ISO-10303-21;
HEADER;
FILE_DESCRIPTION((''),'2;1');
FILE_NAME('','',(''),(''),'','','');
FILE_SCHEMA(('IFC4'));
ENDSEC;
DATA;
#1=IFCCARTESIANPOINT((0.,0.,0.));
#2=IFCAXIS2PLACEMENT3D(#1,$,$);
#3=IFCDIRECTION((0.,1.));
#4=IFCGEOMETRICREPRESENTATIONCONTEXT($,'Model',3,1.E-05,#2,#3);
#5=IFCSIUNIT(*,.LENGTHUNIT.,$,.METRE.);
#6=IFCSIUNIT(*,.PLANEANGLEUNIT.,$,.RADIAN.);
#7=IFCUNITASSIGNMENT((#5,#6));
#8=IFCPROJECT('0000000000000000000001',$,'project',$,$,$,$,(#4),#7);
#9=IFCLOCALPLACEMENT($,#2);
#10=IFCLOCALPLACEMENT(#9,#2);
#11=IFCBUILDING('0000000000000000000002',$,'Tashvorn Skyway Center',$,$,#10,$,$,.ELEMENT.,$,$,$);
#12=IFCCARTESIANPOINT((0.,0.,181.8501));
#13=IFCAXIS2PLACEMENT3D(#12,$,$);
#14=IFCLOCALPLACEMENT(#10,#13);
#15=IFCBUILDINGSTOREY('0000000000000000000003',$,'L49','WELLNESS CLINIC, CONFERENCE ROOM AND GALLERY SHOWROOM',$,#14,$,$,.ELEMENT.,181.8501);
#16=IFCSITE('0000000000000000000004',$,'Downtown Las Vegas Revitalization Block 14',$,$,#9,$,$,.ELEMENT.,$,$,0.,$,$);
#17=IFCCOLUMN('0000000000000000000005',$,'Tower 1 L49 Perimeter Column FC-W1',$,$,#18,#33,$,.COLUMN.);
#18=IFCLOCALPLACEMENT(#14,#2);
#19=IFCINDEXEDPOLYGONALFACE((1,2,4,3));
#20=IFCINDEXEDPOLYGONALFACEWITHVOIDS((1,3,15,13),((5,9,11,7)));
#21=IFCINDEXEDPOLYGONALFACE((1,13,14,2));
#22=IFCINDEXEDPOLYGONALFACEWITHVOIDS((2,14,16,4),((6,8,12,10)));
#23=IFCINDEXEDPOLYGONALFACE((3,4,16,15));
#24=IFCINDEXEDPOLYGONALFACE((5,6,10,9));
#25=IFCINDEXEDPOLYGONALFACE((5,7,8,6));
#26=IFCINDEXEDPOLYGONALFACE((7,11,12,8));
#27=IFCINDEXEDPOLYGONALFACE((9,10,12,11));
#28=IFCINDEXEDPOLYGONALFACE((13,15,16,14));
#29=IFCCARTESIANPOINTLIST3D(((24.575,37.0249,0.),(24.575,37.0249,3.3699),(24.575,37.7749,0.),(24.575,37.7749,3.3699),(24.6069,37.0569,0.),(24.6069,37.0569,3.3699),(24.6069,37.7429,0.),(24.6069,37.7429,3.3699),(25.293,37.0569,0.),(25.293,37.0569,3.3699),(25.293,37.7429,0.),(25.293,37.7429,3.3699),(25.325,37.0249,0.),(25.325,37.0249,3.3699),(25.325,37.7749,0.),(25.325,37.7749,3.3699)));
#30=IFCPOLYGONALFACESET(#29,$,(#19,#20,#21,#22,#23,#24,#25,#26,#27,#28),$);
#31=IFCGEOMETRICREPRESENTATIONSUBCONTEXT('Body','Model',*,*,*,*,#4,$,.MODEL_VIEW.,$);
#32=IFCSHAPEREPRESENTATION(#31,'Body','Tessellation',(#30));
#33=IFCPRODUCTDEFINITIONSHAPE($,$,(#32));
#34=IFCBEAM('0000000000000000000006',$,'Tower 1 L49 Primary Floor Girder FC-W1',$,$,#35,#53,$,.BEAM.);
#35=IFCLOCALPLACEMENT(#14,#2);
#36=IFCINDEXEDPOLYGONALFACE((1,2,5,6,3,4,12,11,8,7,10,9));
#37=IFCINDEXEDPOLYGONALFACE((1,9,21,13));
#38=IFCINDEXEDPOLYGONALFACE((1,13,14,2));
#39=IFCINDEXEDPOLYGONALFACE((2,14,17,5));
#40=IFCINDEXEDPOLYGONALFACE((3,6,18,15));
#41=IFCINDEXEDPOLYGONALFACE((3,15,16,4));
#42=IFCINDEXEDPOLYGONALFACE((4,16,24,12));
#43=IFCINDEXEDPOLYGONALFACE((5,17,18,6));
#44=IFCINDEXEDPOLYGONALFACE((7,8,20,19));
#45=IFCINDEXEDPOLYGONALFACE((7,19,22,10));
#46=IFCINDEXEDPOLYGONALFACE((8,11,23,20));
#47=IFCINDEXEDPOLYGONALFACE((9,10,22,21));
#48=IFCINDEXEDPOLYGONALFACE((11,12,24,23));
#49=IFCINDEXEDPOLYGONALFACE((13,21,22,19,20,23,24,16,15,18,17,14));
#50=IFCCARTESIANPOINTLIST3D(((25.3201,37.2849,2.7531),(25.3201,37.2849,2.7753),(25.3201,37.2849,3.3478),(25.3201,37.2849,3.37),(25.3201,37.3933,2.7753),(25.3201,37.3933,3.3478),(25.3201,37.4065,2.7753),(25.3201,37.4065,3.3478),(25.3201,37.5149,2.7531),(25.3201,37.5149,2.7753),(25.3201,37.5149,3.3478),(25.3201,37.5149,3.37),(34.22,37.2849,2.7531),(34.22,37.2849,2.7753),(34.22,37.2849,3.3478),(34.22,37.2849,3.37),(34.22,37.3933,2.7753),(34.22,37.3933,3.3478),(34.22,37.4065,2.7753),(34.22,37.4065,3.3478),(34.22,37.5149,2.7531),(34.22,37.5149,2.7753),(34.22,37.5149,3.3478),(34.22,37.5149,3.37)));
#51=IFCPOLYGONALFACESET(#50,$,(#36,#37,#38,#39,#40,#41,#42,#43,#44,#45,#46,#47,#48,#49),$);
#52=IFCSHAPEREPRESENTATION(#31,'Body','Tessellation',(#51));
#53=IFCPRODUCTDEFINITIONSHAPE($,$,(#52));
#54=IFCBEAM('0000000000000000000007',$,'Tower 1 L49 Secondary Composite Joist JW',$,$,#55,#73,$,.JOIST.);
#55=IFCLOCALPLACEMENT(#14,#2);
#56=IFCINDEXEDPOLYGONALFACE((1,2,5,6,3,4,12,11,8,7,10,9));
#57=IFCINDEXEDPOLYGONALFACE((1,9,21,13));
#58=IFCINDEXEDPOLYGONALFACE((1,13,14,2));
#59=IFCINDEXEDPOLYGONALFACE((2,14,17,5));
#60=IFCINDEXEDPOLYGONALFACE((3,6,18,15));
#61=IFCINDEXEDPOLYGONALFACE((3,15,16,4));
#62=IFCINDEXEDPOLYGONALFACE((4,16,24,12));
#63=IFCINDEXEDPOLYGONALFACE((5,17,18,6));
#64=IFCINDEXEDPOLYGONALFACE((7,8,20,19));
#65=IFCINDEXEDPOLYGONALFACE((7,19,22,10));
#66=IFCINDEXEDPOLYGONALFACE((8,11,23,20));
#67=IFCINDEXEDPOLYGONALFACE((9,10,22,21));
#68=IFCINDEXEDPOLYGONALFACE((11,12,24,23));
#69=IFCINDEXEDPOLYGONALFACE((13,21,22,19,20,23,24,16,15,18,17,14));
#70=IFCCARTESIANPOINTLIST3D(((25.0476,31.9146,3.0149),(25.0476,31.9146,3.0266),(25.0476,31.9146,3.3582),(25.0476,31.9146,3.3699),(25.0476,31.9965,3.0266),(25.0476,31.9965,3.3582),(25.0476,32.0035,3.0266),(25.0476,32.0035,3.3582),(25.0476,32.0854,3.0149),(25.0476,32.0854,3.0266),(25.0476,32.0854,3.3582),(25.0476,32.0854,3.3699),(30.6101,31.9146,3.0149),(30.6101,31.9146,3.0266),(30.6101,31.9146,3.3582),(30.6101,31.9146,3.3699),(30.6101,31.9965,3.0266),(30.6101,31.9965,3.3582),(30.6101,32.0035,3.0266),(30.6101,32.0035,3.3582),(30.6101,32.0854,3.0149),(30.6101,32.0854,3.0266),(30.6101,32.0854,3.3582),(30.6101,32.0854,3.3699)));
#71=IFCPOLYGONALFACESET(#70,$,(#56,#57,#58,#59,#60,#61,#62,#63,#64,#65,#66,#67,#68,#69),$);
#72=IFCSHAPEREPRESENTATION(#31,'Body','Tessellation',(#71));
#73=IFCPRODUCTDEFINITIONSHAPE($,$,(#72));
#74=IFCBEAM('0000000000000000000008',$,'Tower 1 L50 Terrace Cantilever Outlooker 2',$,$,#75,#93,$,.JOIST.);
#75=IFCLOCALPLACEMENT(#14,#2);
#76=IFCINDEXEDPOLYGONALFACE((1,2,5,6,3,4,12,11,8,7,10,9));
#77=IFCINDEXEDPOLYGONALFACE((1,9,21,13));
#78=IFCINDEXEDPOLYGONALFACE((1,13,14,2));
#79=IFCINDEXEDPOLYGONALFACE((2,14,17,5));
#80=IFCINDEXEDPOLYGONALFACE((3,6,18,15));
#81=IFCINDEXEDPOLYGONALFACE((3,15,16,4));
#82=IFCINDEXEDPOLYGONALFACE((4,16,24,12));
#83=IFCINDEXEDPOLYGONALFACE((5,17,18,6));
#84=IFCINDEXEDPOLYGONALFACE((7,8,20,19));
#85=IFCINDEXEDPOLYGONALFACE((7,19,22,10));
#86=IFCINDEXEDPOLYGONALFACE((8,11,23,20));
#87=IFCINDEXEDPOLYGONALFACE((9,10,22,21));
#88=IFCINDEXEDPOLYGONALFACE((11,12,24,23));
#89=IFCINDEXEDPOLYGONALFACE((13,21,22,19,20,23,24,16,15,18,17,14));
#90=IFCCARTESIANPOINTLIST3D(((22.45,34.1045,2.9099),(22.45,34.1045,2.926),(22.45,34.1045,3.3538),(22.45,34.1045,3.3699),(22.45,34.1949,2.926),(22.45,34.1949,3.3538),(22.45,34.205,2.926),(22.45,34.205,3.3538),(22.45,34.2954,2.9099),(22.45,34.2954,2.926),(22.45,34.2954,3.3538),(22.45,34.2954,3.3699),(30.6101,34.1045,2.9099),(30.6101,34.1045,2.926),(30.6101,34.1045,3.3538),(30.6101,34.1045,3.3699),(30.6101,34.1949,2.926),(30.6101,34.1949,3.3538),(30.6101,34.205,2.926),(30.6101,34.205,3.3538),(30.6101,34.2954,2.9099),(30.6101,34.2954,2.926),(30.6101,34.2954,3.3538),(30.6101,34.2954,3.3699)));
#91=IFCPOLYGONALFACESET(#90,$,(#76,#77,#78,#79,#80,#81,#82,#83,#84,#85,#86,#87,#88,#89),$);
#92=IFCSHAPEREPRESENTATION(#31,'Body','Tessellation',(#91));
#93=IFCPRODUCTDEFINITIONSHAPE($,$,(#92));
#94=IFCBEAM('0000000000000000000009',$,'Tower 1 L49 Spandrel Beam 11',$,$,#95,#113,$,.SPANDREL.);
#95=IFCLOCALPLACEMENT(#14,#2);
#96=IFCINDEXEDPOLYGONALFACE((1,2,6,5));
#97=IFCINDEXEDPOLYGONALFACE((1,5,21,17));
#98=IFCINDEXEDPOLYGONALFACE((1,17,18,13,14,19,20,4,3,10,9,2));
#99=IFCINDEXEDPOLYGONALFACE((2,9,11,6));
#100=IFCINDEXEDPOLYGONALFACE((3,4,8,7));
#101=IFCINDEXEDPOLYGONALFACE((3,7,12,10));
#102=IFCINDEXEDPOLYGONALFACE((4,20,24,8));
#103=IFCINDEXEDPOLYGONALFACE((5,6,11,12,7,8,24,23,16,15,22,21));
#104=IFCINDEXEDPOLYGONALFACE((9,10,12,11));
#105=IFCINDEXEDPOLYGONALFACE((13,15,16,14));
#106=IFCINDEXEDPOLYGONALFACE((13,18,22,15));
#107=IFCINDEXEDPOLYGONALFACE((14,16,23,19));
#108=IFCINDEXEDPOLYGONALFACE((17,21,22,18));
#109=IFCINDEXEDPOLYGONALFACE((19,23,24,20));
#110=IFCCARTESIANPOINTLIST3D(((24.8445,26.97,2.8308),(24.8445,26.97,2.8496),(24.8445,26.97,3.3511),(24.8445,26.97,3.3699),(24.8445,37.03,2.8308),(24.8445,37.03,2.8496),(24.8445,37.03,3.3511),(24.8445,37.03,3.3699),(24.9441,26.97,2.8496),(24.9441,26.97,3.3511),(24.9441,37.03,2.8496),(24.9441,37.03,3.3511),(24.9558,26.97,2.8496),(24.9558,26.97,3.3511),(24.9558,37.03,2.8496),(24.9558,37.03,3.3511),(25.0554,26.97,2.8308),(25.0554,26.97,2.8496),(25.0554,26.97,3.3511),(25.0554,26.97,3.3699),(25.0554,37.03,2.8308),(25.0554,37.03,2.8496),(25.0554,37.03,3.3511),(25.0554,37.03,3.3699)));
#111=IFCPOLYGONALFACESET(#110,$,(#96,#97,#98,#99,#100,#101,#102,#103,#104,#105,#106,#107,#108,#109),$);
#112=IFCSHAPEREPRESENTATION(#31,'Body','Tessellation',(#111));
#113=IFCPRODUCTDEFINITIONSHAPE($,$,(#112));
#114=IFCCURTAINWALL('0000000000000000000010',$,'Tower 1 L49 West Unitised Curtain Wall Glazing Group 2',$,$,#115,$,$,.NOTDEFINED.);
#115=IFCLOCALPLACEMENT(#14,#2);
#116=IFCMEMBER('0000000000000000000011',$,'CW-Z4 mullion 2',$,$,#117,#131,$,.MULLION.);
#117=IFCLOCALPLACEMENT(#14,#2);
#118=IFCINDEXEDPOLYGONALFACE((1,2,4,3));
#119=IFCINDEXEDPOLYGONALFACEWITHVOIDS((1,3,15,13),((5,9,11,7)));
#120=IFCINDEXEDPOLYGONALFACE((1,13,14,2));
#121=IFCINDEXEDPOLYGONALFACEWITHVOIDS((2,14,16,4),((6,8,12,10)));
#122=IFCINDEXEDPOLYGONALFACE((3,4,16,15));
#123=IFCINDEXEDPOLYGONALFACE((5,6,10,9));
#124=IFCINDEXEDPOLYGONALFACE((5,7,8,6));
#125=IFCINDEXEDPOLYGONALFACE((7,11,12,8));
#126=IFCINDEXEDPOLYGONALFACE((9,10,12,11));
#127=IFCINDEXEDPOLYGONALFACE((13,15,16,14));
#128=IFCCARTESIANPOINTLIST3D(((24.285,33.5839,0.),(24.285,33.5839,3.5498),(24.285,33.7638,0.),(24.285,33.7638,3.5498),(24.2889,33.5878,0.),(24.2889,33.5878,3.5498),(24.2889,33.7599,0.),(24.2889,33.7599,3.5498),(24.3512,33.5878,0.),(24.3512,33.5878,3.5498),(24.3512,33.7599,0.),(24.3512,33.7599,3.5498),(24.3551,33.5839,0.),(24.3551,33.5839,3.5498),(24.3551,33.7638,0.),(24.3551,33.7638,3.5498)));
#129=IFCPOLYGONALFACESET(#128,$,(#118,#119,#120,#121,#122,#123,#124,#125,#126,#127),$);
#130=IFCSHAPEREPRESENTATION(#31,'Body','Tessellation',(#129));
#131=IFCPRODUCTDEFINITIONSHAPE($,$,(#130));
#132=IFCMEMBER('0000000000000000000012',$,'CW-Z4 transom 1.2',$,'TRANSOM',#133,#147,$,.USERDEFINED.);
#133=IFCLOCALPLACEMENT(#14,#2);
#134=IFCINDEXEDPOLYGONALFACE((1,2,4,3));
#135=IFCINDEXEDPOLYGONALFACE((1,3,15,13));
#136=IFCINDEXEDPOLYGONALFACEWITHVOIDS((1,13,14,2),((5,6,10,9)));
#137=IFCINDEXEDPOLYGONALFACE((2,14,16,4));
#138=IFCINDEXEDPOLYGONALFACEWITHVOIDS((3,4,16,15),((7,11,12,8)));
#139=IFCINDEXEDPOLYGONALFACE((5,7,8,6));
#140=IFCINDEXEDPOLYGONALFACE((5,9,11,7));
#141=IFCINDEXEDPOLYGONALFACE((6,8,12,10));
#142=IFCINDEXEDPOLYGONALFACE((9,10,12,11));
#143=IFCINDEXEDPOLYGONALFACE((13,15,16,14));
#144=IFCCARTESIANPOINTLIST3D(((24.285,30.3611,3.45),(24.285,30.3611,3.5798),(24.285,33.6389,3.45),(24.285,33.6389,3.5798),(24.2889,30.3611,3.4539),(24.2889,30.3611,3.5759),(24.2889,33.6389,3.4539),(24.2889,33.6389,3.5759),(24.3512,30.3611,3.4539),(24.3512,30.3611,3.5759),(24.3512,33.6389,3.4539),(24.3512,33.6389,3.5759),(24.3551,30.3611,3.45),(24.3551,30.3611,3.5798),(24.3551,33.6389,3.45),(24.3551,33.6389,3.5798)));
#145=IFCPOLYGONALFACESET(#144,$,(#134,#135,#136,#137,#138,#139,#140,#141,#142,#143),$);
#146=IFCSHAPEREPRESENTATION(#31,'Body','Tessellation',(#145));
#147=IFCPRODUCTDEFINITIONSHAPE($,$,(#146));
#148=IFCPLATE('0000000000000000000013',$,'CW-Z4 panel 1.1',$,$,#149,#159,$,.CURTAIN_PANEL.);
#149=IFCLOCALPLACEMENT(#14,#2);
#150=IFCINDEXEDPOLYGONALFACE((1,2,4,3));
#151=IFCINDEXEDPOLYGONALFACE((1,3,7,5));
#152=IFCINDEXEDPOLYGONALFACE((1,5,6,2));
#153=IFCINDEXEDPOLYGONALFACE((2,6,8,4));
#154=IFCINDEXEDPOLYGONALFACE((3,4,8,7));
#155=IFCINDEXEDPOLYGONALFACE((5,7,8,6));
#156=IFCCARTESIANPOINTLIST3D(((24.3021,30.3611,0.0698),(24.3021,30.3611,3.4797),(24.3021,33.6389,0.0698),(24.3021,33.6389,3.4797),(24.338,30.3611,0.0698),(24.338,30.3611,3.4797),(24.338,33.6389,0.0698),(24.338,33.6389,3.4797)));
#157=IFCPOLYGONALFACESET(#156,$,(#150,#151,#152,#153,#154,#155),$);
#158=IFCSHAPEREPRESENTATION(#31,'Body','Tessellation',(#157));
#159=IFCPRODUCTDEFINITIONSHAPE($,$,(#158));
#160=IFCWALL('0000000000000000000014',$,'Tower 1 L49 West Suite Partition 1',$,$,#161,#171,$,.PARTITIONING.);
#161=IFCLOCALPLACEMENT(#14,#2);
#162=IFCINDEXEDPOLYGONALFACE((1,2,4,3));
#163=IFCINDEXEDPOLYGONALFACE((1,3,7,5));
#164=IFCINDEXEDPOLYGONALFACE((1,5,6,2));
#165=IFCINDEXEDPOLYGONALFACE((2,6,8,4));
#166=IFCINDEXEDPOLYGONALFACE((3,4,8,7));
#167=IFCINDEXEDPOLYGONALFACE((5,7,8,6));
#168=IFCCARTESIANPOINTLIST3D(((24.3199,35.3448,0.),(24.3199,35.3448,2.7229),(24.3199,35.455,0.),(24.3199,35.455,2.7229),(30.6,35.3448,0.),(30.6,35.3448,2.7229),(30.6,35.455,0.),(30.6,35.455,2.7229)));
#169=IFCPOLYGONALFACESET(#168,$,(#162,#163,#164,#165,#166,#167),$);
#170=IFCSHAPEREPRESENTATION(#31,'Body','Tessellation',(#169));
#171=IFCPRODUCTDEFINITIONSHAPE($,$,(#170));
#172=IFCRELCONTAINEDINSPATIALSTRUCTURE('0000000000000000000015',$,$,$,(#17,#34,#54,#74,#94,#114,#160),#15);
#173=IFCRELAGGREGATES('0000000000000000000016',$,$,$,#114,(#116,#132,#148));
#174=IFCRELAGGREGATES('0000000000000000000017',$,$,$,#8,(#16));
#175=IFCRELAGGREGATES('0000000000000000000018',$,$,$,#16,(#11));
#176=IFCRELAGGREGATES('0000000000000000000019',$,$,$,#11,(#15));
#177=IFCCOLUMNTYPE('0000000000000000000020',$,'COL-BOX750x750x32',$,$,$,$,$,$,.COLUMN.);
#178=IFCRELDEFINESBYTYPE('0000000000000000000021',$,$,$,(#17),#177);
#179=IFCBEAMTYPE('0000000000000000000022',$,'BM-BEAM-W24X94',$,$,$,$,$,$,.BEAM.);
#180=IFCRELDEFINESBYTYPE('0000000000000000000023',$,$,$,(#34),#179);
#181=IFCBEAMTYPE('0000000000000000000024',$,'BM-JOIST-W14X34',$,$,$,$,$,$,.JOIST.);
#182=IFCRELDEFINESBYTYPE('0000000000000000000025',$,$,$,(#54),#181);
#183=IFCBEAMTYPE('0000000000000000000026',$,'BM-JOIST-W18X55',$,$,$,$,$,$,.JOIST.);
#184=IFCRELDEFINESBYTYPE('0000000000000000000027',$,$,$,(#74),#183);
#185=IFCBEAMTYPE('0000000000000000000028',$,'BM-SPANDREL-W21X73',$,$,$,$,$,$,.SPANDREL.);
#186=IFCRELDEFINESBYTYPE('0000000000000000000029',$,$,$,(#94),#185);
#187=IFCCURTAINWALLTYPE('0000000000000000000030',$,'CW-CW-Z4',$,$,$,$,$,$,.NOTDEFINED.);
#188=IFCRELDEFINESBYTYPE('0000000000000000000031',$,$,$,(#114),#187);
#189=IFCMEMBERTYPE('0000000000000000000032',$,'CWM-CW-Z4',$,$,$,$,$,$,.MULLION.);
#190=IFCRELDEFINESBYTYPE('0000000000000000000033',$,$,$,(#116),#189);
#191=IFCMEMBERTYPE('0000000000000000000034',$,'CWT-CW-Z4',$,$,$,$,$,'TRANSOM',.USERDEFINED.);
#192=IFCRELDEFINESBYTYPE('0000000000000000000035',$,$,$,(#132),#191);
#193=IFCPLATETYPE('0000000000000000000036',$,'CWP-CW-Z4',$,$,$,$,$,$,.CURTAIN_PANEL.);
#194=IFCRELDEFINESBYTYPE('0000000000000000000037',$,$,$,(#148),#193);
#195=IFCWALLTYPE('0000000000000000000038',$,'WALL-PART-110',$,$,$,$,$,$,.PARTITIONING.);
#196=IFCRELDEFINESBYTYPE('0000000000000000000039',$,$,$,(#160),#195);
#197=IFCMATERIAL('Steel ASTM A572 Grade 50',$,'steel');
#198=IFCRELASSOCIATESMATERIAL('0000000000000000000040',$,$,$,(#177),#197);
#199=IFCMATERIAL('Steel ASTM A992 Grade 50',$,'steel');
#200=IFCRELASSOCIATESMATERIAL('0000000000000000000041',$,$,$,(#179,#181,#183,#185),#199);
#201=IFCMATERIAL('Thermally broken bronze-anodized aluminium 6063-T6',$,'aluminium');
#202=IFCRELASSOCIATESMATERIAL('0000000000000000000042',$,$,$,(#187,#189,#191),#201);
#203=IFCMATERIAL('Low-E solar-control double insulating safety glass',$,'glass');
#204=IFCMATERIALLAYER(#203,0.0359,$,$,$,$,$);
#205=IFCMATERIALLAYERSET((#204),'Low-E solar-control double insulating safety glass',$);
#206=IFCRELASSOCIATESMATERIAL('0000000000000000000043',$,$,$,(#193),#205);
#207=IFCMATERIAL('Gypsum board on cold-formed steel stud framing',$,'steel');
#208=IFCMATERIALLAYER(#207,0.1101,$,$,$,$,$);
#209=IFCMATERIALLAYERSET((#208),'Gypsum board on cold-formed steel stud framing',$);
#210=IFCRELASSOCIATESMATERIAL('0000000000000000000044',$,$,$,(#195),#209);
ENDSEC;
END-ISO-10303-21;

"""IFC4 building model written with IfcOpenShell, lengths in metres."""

from ifc_helpers import new_model, si_unit, direction, frame, frame_2d, origin, origin_2d, place, context, subcontext, project, spatial, rectangle, hollow_rectangle, i_section, extrude, material, layer, layer_set, material_profile, profile_set, type_object, element, aggregate, save


model = new_model("IFC4")

# Units and contexts
model_context = context("Model", 3, precision=1e-05, world=origin(), true_north=direction((0.0, 1.0)))
body_context = subcontext(model_context, "Body", "Model", "MODEL_VIEW")
ifc_project = project(units=[si_unit("LENGTHUNIT", "METRE"), si_unit("PLANEANGLEUNIT", "RADIAN")], contexts=[model_context])

# Site, building, storey
site_placement = place(None, origin())
site = spatial("IfcSite", under=ifc_project, at=site_placement, Name="Downtown Las Vegas Revitalization Block 14", CompositionType="ELEMENT", RefElevation=0.0)
building_placement = place(site_placement, origin())
building = spatial("IfcBuilding", under=site, at=building_placement, Name="Tashvorn Skyway Center", CompositionType="ELEMENT")
storey_placement = place(building_placement, frame((0.0, 0.0, 181.8501)))
storey = spatial("IfcBuildingStorey", under=building, at=storey_placement, Name="L49", Description="WELLNESS CLINIC, CONFERENCE ROOM AND GALLERY SHOWROOM", CompositionType="ELEMENT", Elevation=181.8501)

# Column
ifc_material_1 = material(Name="Steel ASTM A572 Grade 50", Category="steel")
ifc_material_profile_1 = material_profile(ifc_material_1, hollow_rectangle(XDim=0.75, YDim=0.75, WallThickness=0.032, at=origin_2d()), Name="BOX750x750x32")
ifc_profile_set_1 = profile_set([ifc_material_profile_1], Name="Steel ASTM A572 Grade 50")
column_type = type_object("IfcColumnType", Name="COL-BOX750x750x32", PredefinedType="COLUMN", material=ifc_profile_set_1)
column_placement = place(storey_placement, frame((24.95, 37.3999, 0.0), z_axis=(0.0, 0.0, 1.0), x_axis=(1.0, 0.0, 0.0)))
element("IfcColumn", 1, at=column_placement, inside=storey, type_object=column_type, Name="Tower 1 L49 Perimeter Column FC-W1", PredefinedType="COLUMN", context=body_context, shape_type="SweptSolid", body=[
    extrude(hollow_rectangle(XDim=0.75, YDim=0.75, WallThickness=0.032, at=origin_2d()), origin(), (0.0, 0.0, 1.0), 3.3699),
])

# Beams
ifc_material_2 = material(Name="Steel ASTM A992 Grade 50", Category="steel")
ifc_material_profile_2 = material_profile(ifc_material_2, i_section(OverallWidth=0.23, OverallDepth=0.6169, WebThickness=0.0132, FlangeThickness=0.0222, at=origin_2d()), Name="W24X94")
ifc_profile_set_2 = profile_set([ifc_material_profile_2], Name="Steel ASTM A992 Grade 50")
beam_type_1 = type_object("IfcBeamType", Name="BM-BEAM-W24X94", PredefinedType="BEAM", material=ifc_profile_set_2)
beam_1_placement = place(storey_placement, frame((25.3201, 37.3999, 3.0615), z_axis=(1.0, 0.0, 0.0), x_axis=(0.0, 1.0, 0.0)))
element("IfcBeam", 2, at=beam_1_placement, inside=storey, type_object=beam_type_1, Name="Tower 1 L49 Primary Floor Girder FC-W1", PredefinedType="BEAM", context=body_context, shape_type="SweptSolid", body=[
    extrude(i_section(OverallWidth=0.23, OverallDepth=0.6169, WebThickness=0.0132, FlangeThickness=0.0222, at=origin_2d()), origin(), (0.0, 0.0, 1.0), 8.8999),
])
ifc_material_profile_3 = material_profile(ifc_material_2, i_section(OverallWidth=0.1709, OverallDepth=0.355, WebThickness=0.0071, FlangeThickness=0.0117, at=origin_2d()), Name="W14X34")
ifc_profile_set_3 = profile_set([ifc_material_profile_3], Name="Steel ASTM A992 Grade 50")
beam_type_2 = type_object("IfcBeamType", Name="BM-JOIST-W14X34", PredefinedType="JOIST", material=ifc_profile_set_3)
beam_2_placement = place(storey_placement, frame((30.6101, 32.0, 3.1924), z_axis=(-1.0, 0.0, 0.0), x_axis=(0.0, -1.0, 0.0)))
element("IfcBeam", 3, at=beam_2_placement, inside=storey, type_object=beam_type_2, Name="Tower 1 L49 Secondary Composite Joist JW", PredefinedType="JOIST", context=body_context, shape_type="SweptSolid", body=[
    extrude(i_section(OverallWidth=0.1709, OverallDepth=0.355, WebThickness=0.0071, FlangeThickness=0.0117, at=origin_2d()), origin(), (0.0, 0.0, 1.0), 5.5625),
])
ifc_material_profile_4 = material_profile(ifc_material_2, i_section(OverallWidth=0.1909, OverallDepth=0.46, WebThickness=0.01, FlangeThickness=0.0161, at=origin_2d()), Name="W18X55")
ifc_profile_set_4 = profile_set([ifc_material_profile_4], Name="Steel ASTM A992 Grade 50")
beam_type_3 = type_object("IfcBeamType", Name="BM-JOIST-W18X55", PredefinedType="JOIST", material=ifc_profile_set_4)
beam_3_placement = place(storey_placement, frame((30.6101, 34.2, 3.1399), z_axis=(-1.0, 0.0, 0.0), x_axis=(0.0, -1.0, 0.0)))
element("IfcBeam", 4, at=beam_3_placement, inside=storey, type_object=beam_type_3, Name="Tower 1 L50 Terrace Cantilever Outlooker 2", PredefinedType="JOIST", context=body_context, shape_type="SweptSolid", body=[
    extrude(i_section(OverallWidth=0.1909, OverallDepth=0.46, WebThickness=0.01, FlangeThickness=0.0161, at=origin_2d()), origin(), (0.0, 0.0, 1.0), 8.1602),
])
ifc_material_profile_5 = material_profile(ifc_material_2, i_section(OverallWidth=0.2109, OverallDepth=0.5391, WebThickness=0.0117, FlangeThickness=0.0188, at=origin_2d()), Name="W21X73")
ifc_profile_set_5 = profile_set([ifc_material_profile_5], Name="Steel ASTM A992 Grade 50")
beam_type_4 = type_object("IfcBeamType", Name="BM-SPANDREL-W21X73", PredefinedType="SPANDREL", material=ifc_profile_set_5)
beam_4_placement = place(storey_placement, frame((24.95, 37.03, 3.1003), z_axis=(0.0, -1.0, 0.0), x_axis=(1.0, 0.0, 0.0)))
element("IfcBeam", 5, at=beam_4_placement, inside=storey, type_object=beam_type_4, Name="Tower 1 L49 Spandrel Beam 11", PredefinedType="SPANDREL", context=body_context, shape_type="SweptSolid", body=[
    extrude(i_section(OverallWidth=0.2109, OverallDepth=0.5391, WebThickness=0.0117, FlangeThickness=0.0188, at=origin_2d()), origin(), (0.0, 0.0, 1.0), 10.0601),
])

# Curtain wall, members, plate
ifc_material_3 = material(Name="Thermally broken bronze-anodized aluminium 6063-T6", Category="aluminium")
curtain_wall_type = type_object("IfcCurtainWallType", Name="CW-CW-Z4", PredefinedType="NOTDEFINED", material=ifc_material_3)
curtain_wall_placement = place(storey_placement, origin())
curtain_wall = element("IfcCurtainWall", 6, at=curtain_wall_placement, inside=storey, type_object=curtain_wall_type, Name="Tower 1 L49 West Unitised Curtain Wall Glazing Group 2", PredefinedType="NOTDEFINED")
ifc_material_profile_6 = material_profile(ifc_material_3, hollow_rectangle(XDim=0.0701, YDim=0.1799, WallThickness=0.0039, at=origin_2d()), Name="ALU-MULL-70x180")
ifc_profile_set_6 = profile_set([ifc_material_profile_6], Name="Thermally broken bronze-anodized aluminium 6063-T6")
member_type_1 = type_object("IfcMemberType", Name="CWM-CW-Z4", PredefinedType="MULLION", material=ifc_profile_set_6)
member_1_placement = place(storey_placement, frame((24.3201, 33.6738, 0.0), z_axis=(0.0, 0.0, 1.0), x_axis=(-1.0, 0.0, 0.0)))
member_1 = element("IfcMember", 7, at=member_1_placement, type_object=member_type_1, Name="CW-Z4 mullion 2", PredefinedType="MULLION", context=body_context, shape_type="SweptSolid", body=[
    extrude(hollow_rectangle(XDim=0.0701, YDim=0.1799, WallThickness=0.0039, at=origin_2d()), origin(), (0.0, 0.0, 1.0), 3.5498),
])
ifc_material_profile_7 = material_profile(ifc_material_3, hollow_rectangle(XDim=0.0701, YDim=0.1299, WallThickness=0.0039, at=origin_2d()), Name="ALU-TRAN-70x130")
ifc_profile_set_7 = profile_set([ifc_material_profile_7], Name="Thermally broken bronze-anodized aluminium 6063-T6")
member_type_2 = type_object("IfcMemberType", Name="CWT-CW-Z4", ElementType="TRANSOM", PredefinedType="USERDEFINED", material=ifc_profile_set_7)
member_2_placement = place(storey_placement, frame((24.3201, 30.3611, 3.5149), z_axis=(0.0, 1.0, 0.0), x_axis=(-1.0, 0.0, 0.0)))
member_2 = element("IfcMember", 8, at=member_2_placement, type_object=member_type_2, Name="CW-Z4 transom 1.2", ObjectType="TRANSOM", PredefinedType="USERDEFINED", context=body_context, shape_type="SweptSolid", body=[
    extrude(hollow_rectangle(XDim=0.0701, YDim=0.1299, WallThickness=0.0039, at=origin_2d()), origin(), (0.0, 0.0, 1.0), 3.2778),
])
ifc_material_4 = material(Name="Low-E solar-control double insulating safety glass", Category="glass")
ifc_layer_1 = layer(ifc_material_4, 0.0359)
ifc_layer_set_1 = layer_set([ifc_layer_1], Name="Low-E solar-control double insulating safety glass")
plate_type = type_object("IfcPlateType", Name="CWP-CW-Z4", PredefinedType="CURTAIN_PANEL", material=ifc_layer_set_1)
plate_placement = place(storey_placement, frame((24.3201, 32.0, 0.0698), z_axis=(0.0, 0.0, 1.0), x_axis=(0.0, 1.0, 0.0)))
plate = element("IfcPlate", 9, at=plate_placement, type_object=plate_type, Name="CW-Z4 panel 1.1", PredefinedType="CURTAIN_PANEL", context=body_context, shape_type="SweptSolid", body=[
    extrude(rectangle(XDim=3.2778, YDim=0.0359, at=origin_2d()), origin(), (0.0, 0.0, 1.0), 3.4099),
])
aggregate(curtain_wall, [member_1, member_2, plate])

# Wall
ifc_material_5 = material(Name="Gypsum board on cold-formed steel stud framing", Category="steel")
ifc_layer_2 = layer(ifc_material_5, 0.1101)
ifc_layer_set_2 = layer_set([ifc_layer_2], Name="Gypsum board on cold-formed steel stud framing")
wall_type_1 = type_object("IfcWallType", Name="WALL-PART-110", PredefinedType="PARTITIONING", material=ifc_layer_set_2)
wall_1_placement = place(storey_placement, frame((30.6001, 35.3999, 0.0), z_axis=(0.0, 0.0, 1.0), x_axis=(-1.0, 0.0, 0.0)))
element("IfcWall", 10, at=wall_1_placement, inside=storey, type_object=wall_type_1, Name="Tower 1 L49 West Suite Partition 1", PredefinedType="PARTITIONING", context=body_context, shape_type="SweptSolid", body=[
    extrude(rectangle(XDim=6.28, YDim=0.1101, at=frame_2d((3.1401, 0.0))), origin(), (0.0, 0.0, 1.0), 2.7229),
])

save(model, "model.ifc")
